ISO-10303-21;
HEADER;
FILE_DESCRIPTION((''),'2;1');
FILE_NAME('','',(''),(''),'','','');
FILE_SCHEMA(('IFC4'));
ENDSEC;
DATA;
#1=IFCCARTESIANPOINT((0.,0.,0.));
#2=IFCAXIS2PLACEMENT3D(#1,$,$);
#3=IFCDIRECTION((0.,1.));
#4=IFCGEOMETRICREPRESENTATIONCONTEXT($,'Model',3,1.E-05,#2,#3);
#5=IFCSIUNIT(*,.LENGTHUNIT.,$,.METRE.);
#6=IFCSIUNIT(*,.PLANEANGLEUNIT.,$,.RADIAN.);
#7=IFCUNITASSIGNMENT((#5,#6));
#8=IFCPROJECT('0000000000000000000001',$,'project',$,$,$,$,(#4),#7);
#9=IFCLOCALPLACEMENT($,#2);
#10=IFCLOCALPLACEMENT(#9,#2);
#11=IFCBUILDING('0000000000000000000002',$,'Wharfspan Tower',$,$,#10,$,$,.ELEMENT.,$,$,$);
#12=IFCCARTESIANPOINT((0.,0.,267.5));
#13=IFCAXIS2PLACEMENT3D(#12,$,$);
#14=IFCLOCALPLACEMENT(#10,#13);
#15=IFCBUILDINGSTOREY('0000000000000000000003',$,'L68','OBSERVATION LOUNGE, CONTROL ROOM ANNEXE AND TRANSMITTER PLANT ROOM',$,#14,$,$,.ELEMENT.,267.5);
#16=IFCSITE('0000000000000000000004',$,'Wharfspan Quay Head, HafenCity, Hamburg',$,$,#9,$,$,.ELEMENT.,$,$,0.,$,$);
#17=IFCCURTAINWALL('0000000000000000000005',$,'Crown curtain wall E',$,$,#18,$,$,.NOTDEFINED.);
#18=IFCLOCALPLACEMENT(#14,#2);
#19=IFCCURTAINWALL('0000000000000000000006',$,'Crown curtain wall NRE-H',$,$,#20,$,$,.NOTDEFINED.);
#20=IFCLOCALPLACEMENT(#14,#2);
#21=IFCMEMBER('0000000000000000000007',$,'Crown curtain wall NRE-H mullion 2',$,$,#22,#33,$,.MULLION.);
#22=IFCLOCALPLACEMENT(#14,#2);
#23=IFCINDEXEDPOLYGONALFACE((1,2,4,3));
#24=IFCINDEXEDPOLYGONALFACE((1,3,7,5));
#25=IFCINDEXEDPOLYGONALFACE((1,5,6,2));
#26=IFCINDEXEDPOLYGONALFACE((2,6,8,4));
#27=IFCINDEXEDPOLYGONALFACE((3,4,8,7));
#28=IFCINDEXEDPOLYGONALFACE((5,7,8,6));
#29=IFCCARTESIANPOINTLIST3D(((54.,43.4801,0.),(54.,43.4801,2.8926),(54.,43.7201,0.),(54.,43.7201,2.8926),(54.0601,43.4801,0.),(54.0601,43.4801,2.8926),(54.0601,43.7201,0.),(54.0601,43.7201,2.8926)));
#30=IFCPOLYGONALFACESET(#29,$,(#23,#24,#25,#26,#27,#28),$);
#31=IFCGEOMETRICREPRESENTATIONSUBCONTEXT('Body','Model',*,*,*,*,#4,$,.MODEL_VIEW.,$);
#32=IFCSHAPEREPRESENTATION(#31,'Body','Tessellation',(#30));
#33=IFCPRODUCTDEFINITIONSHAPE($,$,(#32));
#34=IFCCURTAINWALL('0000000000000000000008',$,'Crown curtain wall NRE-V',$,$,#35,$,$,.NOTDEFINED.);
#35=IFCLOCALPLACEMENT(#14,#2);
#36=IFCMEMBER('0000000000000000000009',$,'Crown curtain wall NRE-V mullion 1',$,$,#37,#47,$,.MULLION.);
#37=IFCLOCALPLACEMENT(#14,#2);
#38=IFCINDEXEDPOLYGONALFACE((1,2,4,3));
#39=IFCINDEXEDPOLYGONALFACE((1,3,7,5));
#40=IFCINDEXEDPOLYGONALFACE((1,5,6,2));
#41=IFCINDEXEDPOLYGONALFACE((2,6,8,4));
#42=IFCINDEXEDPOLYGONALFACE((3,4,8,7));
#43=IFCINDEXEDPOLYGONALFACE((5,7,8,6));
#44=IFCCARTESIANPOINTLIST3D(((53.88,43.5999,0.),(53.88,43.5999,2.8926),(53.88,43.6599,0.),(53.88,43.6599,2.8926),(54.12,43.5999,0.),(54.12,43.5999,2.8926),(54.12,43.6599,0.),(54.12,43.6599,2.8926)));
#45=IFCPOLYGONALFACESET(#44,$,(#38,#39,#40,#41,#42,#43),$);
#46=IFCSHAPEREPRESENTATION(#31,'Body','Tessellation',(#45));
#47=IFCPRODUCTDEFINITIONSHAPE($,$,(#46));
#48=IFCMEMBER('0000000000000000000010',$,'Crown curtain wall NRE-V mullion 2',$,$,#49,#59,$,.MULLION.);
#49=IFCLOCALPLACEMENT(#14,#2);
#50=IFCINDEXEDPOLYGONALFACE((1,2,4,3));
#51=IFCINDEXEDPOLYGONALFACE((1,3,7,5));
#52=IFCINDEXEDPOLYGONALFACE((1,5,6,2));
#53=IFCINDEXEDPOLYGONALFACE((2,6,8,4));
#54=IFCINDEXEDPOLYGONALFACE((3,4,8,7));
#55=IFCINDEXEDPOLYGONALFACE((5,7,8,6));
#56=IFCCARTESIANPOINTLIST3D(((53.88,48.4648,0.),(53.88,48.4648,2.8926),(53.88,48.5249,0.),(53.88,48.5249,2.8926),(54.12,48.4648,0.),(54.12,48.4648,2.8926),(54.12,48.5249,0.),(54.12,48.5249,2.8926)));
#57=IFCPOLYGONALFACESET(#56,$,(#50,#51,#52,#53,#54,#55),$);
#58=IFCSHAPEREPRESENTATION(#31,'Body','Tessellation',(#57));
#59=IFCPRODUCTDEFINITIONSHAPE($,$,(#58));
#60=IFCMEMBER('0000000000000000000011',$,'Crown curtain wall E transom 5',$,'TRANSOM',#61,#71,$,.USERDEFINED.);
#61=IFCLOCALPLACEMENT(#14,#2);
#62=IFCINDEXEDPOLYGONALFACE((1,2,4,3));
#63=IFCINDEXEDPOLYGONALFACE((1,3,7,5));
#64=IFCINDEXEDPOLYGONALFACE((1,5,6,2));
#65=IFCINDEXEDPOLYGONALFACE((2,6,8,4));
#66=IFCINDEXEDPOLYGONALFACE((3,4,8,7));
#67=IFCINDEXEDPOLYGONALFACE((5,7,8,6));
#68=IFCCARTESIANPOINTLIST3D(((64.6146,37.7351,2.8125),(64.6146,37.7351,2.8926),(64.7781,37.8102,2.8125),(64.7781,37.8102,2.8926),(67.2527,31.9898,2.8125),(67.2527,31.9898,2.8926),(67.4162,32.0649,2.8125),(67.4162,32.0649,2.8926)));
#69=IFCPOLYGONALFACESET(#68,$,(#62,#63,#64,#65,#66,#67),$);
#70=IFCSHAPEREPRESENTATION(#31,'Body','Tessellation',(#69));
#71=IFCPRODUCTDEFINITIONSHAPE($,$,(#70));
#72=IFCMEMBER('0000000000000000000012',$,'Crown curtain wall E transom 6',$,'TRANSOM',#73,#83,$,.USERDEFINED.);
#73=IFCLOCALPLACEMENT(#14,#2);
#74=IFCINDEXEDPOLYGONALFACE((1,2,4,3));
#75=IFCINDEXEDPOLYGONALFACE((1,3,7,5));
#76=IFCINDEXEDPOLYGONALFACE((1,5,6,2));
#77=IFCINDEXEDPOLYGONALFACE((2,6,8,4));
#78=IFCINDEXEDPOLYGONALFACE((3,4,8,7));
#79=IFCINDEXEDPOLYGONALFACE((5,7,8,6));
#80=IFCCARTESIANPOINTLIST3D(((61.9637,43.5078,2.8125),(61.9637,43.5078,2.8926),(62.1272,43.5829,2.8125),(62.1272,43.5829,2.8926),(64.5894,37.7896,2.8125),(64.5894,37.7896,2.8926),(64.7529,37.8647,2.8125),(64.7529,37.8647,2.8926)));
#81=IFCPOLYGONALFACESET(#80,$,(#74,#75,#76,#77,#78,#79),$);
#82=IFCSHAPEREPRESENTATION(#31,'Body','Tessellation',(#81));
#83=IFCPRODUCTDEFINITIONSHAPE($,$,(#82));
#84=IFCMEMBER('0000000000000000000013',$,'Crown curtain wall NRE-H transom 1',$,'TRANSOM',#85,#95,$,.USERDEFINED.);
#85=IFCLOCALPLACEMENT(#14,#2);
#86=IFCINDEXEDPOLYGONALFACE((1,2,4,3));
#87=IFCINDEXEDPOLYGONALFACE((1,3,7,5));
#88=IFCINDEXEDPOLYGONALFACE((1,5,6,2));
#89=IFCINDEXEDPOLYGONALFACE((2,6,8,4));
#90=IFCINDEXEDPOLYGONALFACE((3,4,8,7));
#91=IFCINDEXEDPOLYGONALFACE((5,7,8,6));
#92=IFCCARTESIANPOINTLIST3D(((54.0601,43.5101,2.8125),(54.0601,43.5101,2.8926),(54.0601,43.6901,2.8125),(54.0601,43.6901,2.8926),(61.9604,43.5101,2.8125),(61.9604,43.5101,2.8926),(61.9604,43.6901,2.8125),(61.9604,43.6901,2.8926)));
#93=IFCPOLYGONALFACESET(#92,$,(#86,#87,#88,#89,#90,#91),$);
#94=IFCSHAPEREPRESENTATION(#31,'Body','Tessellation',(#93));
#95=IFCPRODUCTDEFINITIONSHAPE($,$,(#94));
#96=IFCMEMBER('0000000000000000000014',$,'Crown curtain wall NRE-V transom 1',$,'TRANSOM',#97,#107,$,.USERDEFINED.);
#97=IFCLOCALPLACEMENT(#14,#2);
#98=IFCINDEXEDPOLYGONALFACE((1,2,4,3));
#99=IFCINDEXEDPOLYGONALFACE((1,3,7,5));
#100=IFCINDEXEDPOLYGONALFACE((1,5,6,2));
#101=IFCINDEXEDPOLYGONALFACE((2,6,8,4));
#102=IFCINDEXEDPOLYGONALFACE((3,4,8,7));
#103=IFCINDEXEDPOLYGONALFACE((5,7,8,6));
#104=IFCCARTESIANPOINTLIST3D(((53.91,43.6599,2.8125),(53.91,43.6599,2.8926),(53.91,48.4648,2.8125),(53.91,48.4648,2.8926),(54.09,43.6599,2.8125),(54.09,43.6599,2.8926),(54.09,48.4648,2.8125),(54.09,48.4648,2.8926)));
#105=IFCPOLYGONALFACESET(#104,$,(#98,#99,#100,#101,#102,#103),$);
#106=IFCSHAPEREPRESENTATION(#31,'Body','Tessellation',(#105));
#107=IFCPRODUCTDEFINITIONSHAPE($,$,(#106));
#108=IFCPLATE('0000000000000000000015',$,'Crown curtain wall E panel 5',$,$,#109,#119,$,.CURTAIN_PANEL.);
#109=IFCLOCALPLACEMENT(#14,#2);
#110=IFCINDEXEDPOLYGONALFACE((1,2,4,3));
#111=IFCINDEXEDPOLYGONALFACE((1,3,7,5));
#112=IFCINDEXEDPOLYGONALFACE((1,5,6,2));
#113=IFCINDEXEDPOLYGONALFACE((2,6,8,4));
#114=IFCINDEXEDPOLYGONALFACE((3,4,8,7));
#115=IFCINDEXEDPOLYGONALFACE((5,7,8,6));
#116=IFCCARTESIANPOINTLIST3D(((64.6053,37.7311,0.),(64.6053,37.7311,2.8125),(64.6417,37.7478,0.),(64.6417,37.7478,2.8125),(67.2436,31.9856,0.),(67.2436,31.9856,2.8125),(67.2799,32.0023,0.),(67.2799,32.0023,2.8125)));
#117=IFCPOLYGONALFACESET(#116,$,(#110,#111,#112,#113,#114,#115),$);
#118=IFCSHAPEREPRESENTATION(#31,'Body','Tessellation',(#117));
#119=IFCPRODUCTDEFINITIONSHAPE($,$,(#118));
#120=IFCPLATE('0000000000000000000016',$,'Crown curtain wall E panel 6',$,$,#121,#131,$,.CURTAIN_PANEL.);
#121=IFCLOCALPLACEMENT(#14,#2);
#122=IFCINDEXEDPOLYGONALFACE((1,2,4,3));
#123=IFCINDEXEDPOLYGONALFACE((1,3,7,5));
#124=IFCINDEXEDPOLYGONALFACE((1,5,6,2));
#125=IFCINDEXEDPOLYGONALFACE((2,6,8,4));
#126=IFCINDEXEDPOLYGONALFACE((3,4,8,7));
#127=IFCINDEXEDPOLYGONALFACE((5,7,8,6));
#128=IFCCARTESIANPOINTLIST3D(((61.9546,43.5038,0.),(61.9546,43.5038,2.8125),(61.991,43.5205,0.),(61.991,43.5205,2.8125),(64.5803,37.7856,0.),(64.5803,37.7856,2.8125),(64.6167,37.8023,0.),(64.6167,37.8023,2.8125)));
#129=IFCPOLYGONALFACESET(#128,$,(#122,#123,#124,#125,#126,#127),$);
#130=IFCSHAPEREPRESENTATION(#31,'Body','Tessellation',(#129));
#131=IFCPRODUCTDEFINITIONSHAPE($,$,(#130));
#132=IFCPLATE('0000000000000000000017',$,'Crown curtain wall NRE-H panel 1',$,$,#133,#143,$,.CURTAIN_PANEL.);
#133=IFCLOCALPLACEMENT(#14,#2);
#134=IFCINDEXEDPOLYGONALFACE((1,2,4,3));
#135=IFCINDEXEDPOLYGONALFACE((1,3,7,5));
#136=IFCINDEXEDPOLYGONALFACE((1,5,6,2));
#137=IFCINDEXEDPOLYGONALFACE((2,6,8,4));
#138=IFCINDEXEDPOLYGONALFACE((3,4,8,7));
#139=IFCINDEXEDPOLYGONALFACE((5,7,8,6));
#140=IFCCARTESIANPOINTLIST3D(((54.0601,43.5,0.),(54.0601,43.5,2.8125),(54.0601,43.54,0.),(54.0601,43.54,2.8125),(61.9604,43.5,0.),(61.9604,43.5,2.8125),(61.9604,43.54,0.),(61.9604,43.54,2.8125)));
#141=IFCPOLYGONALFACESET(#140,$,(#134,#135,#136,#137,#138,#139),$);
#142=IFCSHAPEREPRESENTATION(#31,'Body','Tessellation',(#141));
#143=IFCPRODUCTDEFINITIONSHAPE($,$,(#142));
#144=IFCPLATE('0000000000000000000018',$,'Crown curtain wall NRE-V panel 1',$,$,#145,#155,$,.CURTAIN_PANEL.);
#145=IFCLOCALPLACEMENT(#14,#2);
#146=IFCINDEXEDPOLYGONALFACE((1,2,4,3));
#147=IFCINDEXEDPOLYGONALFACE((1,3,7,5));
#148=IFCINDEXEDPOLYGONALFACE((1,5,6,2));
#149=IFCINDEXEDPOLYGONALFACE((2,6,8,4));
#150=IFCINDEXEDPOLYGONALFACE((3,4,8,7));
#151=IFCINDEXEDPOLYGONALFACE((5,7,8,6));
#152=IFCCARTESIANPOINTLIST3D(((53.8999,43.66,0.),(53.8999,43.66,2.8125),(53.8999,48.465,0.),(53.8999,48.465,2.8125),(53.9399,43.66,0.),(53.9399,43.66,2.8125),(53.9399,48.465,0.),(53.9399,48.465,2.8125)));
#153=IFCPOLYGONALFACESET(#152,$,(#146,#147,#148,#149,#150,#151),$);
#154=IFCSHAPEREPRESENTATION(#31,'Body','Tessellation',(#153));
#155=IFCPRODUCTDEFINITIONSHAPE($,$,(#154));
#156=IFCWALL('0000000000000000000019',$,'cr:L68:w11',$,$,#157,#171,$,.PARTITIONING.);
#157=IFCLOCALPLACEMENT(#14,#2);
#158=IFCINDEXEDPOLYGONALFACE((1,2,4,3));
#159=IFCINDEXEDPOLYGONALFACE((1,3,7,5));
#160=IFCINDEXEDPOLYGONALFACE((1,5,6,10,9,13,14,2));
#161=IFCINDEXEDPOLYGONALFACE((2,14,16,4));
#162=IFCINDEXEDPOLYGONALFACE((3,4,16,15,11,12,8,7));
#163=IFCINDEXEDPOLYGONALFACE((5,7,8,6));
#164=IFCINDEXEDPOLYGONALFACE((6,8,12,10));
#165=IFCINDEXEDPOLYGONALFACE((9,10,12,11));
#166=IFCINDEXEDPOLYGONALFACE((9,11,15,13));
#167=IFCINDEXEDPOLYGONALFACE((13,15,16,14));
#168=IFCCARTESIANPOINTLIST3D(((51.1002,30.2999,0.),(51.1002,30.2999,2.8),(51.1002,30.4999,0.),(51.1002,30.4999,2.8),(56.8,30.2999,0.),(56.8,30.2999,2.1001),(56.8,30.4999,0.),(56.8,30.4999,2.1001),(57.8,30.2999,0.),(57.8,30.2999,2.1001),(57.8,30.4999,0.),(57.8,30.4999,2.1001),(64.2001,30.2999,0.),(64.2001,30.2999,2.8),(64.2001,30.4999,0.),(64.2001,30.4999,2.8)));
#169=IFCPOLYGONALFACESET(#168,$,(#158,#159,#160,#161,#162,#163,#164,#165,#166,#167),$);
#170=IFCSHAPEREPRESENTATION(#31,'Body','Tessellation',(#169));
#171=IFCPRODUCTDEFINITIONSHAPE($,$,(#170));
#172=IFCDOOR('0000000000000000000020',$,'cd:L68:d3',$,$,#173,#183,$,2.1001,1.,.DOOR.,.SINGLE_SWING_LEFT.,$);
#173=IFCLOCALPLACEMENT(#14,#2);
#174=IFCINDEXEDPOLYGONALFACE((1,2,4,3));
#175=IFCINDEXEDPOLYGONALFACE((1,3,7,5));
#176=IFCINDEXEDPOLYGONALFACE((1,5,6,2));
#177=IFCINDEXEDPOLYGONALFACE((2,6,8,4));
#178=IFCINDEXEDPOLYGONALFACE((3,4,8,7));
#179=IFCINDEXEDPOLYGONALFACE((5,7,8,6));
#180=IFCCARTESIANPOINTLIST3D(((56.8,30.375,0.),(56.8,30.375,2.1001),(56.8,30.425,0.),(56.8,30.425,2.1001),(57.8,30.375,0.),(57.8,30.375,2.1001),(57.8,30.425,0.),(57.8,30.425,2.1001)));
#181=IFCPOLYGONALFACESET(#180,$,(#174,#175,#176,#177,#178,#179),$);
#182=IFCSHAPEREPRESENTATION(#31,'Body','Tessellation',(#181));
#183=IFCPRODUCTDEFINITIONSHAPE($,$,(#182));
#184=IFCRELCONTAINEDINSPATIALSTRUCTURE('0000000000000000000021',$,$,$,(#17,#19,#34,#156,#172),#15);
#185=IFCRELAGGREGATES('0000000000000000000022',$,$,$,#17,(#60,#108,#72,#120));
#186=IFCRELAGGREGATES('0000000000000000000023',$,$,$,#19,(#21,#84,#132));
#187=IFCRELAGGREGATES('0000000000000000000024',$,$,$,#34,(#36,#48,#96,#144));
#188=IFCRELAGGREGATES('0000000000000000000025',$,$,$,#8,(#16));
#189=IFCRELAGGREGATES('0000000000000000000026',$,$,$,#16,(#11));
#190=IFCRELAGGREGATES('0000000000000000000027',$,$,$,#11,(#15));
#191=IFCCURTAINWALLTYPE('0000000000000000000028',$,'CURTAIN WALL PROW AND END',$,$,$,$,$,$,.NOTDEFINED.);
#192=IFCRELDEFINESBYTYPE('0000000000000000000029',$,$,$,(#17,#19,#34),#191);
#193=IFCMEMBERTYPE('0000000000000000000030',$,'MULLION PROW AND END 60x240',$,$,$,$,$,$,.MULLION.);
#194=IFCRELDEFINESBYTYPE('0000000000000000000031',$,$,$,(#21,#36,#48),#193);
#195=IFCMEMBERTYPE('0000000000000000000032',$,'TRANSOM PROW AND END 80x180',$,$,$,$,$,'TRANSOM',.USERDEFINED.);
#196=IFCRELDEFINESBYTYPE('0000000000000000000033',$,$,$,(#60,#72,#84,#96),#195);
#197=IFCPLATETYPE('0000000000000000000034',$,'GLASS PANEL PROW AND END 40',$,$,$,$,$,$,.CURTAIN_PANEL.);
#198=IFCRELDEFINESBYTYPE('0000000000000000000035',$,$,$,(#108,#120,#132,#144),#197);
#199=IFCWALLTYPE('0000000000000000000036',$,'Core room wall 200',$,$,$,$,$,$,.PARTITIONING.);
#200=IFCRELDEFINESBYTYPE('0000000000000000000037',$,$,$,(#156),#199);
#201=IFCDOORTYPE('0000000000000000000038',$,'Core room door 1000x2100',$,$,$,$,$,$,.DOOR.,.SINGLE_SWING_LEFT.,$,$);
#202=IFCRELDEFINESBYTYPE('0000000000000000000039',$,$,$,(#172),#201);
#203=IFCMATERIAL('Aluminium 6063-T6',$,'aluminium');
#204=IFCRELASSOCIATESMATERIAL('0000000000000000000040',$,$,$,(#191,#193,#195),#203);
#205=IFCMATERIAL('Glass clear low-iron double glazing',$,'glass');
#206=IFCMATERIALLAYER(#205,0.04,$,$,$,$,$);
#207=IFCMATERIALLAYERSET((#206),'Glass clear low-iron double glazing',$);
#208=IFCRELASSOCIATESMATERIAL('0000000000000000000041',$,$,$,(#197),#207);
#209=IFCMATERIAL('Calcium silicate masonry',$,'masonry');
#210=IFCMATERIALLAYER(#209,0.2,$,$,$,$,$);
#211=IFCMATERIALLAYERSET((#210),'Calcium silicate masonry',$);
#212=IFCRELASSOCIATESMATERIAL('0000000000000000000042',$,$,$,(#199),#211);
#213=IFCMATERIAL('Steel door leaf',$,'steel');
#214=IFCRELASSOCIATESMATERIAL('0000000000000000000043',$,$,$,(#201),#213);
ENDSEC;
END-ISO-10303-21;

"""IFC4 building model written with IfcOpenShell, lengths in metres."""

from ifc_helpers import new_model, si_unit, direction, frame, frame_2d, origin, origin_2d, place, context, subcontext, project, spatial, rectangle, extrude, material, layer, layer_set, material_profile, profile_set, type_object, element, fill, aggregate, save


model = new_model("IFC4")

# Units and contexts
model_context = context("Model", 3, precision=1e-05, world=origin(), true_north=direction((0.0, 1.0)))
body_context = subcontext(model_context, "Body", "Model", "MODEL_VIEW")
ifc_project = project(units=[si_unit("LENGTHUNIT", "METRE"), si_unit("PLANEANGLEUNIT", "RADIAN")], contexts=[model_context])

# Site, building, storey
site_placement = place(None, origin())
site = spatial("IfcSite", under=ifc_project, at=site_placement, Name="Wharfspan Quay Head, HafenCity, Hamburg", CompositionType="ELEMENT", RefElevation=0.0)
building_placement = place(site_placement, origin())
building = spatial("IfcBuilding", under=site, at=building_placement, Name="Wharfspan Tower", CompositionType="ELEMENT")
storey_placement = place(building_placement, frame((0.0, 0.0, 267.5)))
storey = spatial("IfcBuildingStorey", under=building, at=storey_placement, Name="L68", Description="OBSERVATION LOUNGE, CONTROL ROOM ANNEXE AND TRANSMITTER PLANT ROOM", CompositionType="ELEMENT", Elevation=267.5)

# Curtain walls, members
ifc_material_1 = material(Name="Aluminium 6063-T6", Category="aluminium")
curtain_wall_type = type_object("IfcCurtainWallType", Name="CURTAIN WALL PROW AND END", PredefinedType="NOTDEFINED", material=ifc_material_1)
curtain_wall_1_placement = place(storey_placement, origin())
curtain_wall_1 = element("IfcCurtainWall", 1, at=curtain_wall_1_placement, inside=storey, type_object=curtain_wall_type, Name="Crown curtain wall E", PredefinedType="NOTDEFINED")
ifc_material_profile_1 = material_profile(ifc_material_1, rectangle(XDim=0.24, YDim=0.0601, at=origin_2d()))
ifc_profile_set_1 = profile_set([ifc_material_profile_1], Name="Aluminium 6063-T6")
member_type_1 = type_object("IfcMemberType", Name="MULLION PROW AND END 60x240", PredefinedType="MULLION", material=ifc_profile_set_1)
curtain_wall_2_placement = place(storey_placement, origin())
curtain_wall_2 = element("IfcCurtainWall", 2, at=curtain_wall_2_placement, inside=storey, type_object=curtain_wall_type, Name="Crown curtain wall NRE-H", PredefinedType="NOTDEFINED")
member_1_placement = place(storey_placement, frame((54.03, 43.6001, 0.0), z_axis=(0.0, 0.0, 1.0), x_axis=(0.0, -1.0, 0.0)))
member_1 = element("IfcMember", 3, at=member_1_placement, type_object=member_type_1, Name="Crown curtain wall NRE-H mullion 2", PredefinedType="MULLION", context=body_context, shape_type="SweptSolid", body=[
    extrude(rectangle(XDim=0.24, YDim=0.0601, at=origin_2d()), origin(), (0.0, 0.0, 1.0), 2.8926),
])
curtain_wall_3_placement = place(storey_placement, origin())
curtain_wall_3 = element("IfcCurtainWall", 4, at=curtain_wall_3_placement, inside=storey, type_object=curtain_wall_type, Name="Crown curtain wall NRE-V", PredefinedType="NOTDEFINED")
member_2_placement = place(storey_placement, frame((54.0, 43.6299, 0.0), z_axis=(0.0, 0.0, 1.0), x_axis=(-1.0, 0.0, 0.0)))
member_2 = element("IfcMember", 5, at=member_2_placement, type_object=member_type_1, Name="Crown curtain wall NRE-V mullion 1", PredefinedType="MULLION", context=body_context, shape_type="SweptSolid", body=[
    extrude(rectangle(XDim=0.24, YDim=0.0601, at=origin_2d()), origin(), (0.0, 0.0, 1.0), 2.8926),
])
member_3_placement = place(storey_placement, frame((54.0, 48.4949, 0.0), z_axis=(0.0, 0.0, 1.0), x_axis=(-1.0, 0.0, 0.0)))
member_3 = element("IfcMember", 6, at=member_3_placement, type_object=member_type_1, Name="Crown curtain wall NRE-V mullion 2", PredefinedType="MULLION", context=body_context, shape_type="SweptSolid", body=[
    extrude(rectangle(XDim=0.24, YDim=0.0601, at=origin_2d()), origin(), (0.0, 0.0, 1.0), 2.8926),
])

# Members
ifc_material_profile_2 = material_profile(ifc_material_1, rectangle(XDim=0.1799, YDim=0.0801, at=origin_2d()))
ifc_profile_set_2 = profile_set([ifc_material_profile_2], Name="Aluminium 6063-T6")
member_type_2 = type_object("IfcMemberType", Name="TRANSOM PROW AND END 80x180", ElementType="TRANSOM", PredefinedType="USERDEFINED", material=ifc_profile_set_2)
member_4_placement = place(storey_placement, frame((67.3345, 32.0273, 2.8525), z_axis=(-0.417294, 0.908771, 0.0), x_axis=(-0.908771, -0.417294, 0.0)))
member_4 = element("IfcMember", 7, at=member_4_placement, type_object=member_type_2, Name="Crown curtain wall E transom 5", ObjectType="TRANSOM", PredefinedType="USERDEFINED", context=body_context, shape_type="SweptSolid", body=[
    extrude(rectangle(XDim=0.1799, YDim=0.0801, at=origin_2d()), origin(), (0.0, 0.0, 1.0), 6.322),
])
member_5_placement = place(storey_placement, frame((64.6711, 37.8271, 2.8525), z_axis=(-0.417293, 0.908772, 0.0), x_axis=(-0.908772, -0.417293, 0.0)))
member_5 = element("IfcMember", 8, at=member_5_placement, type_object=member_type_2, Name="Crown curtain wall E transom 6", ObjectType="TRANSOM", PredefinedType="USERDEFINED", context=body_context, shape_type="SweptSolid", body=[
    extrude(rectangle(XDim=0.1799, YDim=0.0801, at=origin_2d()), origin(), (0.0, 0.0, 1.0), 6.2922),
])
member_6_placement = place(storey_placement, frame((61.9604, 43.6001, 2.8525), z_axis=(-1.0, 0.0, 0.0), x_axis=(0.0, -1.0, 0.0)))
member_6 = element("IfcMember", 9, at=member_6_placement, type_object=member_type_2, Name="Crown curtain wall NRE-H transom 1", ObjectType="TRANSOM", PredefinedType="USERDEFINED", context=body_context, shape_type="SweptSolid", body=[
    extrude(rectangle(XDim=0.1799, YDim=0.0801, at=origin_2d()), origin(), (0.0, 0.0, 1.0), 7.9004),
])
member_7_placement = place(storey_placement, frame((54.0, 43.6599, 2.8525), z_axis=(0.0, 1.0, 0.0), x_axis=(-1.0, 0.0, 0.0)))
member_7 = element("IfcMember", 10, at=member_7_placement, type_object=member_type_2, Name="Crown curtain wall NRE-V transom 1", ObjectType="TRANSOM", PredefinedType="USERDEFINED", context=body_context, shape_type="SweptSolid", body=[
    extrude(rectangle(XDim=0.1799, YDim=0.0801, at=origin_2d()), origin(), (0.0, 0.0, 1.0), 4.8049),
])

# Plates
ifc_material_2 = material(Name="Glass clear low-iron double glazing", Category="glass")
ifc_layer_1 = layer(ifc_material_2, 0.04)
ifc_layer_set_1 = layer_set([ifc_layer_1], Name="Glass clear low-iron double glazing")
plate_type = type_object("IfcPlateType", Name="GLASS PANEL PROW AND END 40", PredefinedType="CURTAIN_PANEL", material=ifc_layer_set_1)
plate_1_placement = place(storey_placement, frame((65.9426, 34.8667, 0.0), z_axis=(0.0, 0.0, 1.0), x_axis=(-0.417292, 0.908769, 0.0)))
plate_1 = element("IfcPlate", 11, at=plate_1_placement, type_object=plate_type, Name="Crown curtain wall E panel 5", PredefinedType="CURTAIN_PANEL", context=body_context, shape_type="SweptSolid", body=[
    extrude(rectangle(XDim=6.3223, YDim=0.04, at=origin_2d()), origin(), (0.0, 0.0, 1.0), 2.8125),
])
plate_2_placement = place(storey_placement, frame((63.2856, 40.6531, 0.0), z_axis=(0.0, 0.0, 1.0), x_axis=(-0.417292, 0.908769, 0.0)))
plate_2 = element("IfcPlate", 12, at=plate_2_placement, type_object=plate_type, Name="Crown curtain wall E panel 6", PredefinedType="CURTAIN_PANEL", context=body_context, shape_type="SweptSolid", body=[
    extrude(rectangle(XDim=6.2922, YDim=0.04, at=origin_2d()), origin(), (0.0, 0.0, 1.0), 2.8125),
])
aggregate(curtain_wall_1, [member_4, plate_1, member_5, plate_2])
plate_3_placement = place(storey_placement, frame((58.0103, 43.52, 0.0), z_axis=(0.0, 0.0, 1.0), x_axis=(-1.0, 0.0, 0.0)))
plate_3 = element("IfcPlate", 13, at=plate_3_placement, type_object=plate_type, Name="Crown curtain wall NRE-H panel 1", PredefinedType="CURTAIN_PANEL", context=body_context, shape_type="SweptSolid", body=[
    extrude(rectangle(XDim=7.9004, YDim=0.04, at=origin_2d()), origin(), (0.0, 0.0, 1.0), 2.8125),
])
aggregate(curtain_wall_2, [member_1, member_6, plate_3])
plate_4_placement = place(storey_placement, frame((53.9199, 46.0625, 0.0), z_axis=(0.0, 0.0, 1.0), x_axis=(0.0, 1.0, 0.0)))
plate_4 = element("IfcPlate", 14, at=plate_4_placement, type_object=plate_type, Name="Crown curtain wall NRE-V panel 1", PredefinedType="CURTAIN_PANEL", context=body_context, shape_type="SweptSolid", body=[
    extrude(rectangle(XDim=4.8049, YDim=0.04, at=origin_2d()), origin(), (0.0, 0.0, 1.0), 2.8125),
])
aggregate(curtain_wall_3, [member_2, member_3, member_7, plate_4])

# Wall, opening, door
ifc_material_3 = material(Name="Calcium silicate masonry", Category="masonry")
ifc_layer_2 = layer(ifc_material_3, 0.2)
ifc_layer_set_2 = layer_set([ifc_layer_2], Name="Calcium silicate masonry")
wall_type_1 = type_object("IfcWallType", Name="Core room wall 200", PredefinedType="PARTITIONING", material=ifc_layer_set_2)
wall_1_placement = place(storey_placement, frame((64.2, 30.3999, 0.0), z_axis=(0.0, 0.0, 1.0), x_axis=(-1.0, 0.0, 0.0)))
wall_1 = element("IfcWall", 15, at=wall_1_placement, inside=storey, type_object=wall_type_1, Name="cr:L68:w11", PredefinedType="PARTITIONING", context=body_context, shape_type="SweptSolid", body=[
    extrude(rectangle(XDim=13.0999, YDim=0.2, at=frame_2d((6.5498, 0.0))), origin(), (0.0, 0.0, 1.0), 2.8),
])
opening_placement = place(wall_1_placement, frame((6.3999, 0.0, 0.0)))
opening = element("IfcOpeningElement", 16, at=opening_placement, cuts=wall_1, PredefinedType="OPENING", context=body_context, shape_type="SweptSolid", body=[
    extrude(rectangle(XDim=1.0, YDim=2.1001, at=frame_2d((0.5, 1.05))), frame((0.0, 0.1099, 0.0), z_axis=(0.0, -1.0, 0.0), x_axis=(1.0, 0.0, 0.0)), (0.0, 0.0, 1.0), 0.22),
])
ifc_material_4 = material(Name="Steel door leaf", Category="steel")
door_type = type_object("IfcDoorType", Name="Core room door 1000x2100", OperationType="SINGLE_SWING_LEFT", PredefinedType="DOOR", material=ifc_material_4)
door_placement = place(opening_placement, origin())
door = element("IfcDoor", 17, at=door_placement, inside=storey, type_object=door_type, Name="cd:L68:d3", OperationType="SINGLE_SWING_LEFT", OverallHeight=2.1001, OverallWidth=1.0, PredefinedType="DOOR", context=body_context, shape_type="SweptSolid", body=[
    extrude(rectangle(XDim=1.0, YDim=2.1001, at=frame_2d((0.5, 1.05))), frame((0.0, 0.0249, 0.0), z_axis=(0.0, -1.0, 0.0), x_axis=(1.0, 0.0, 0.0)), (0.0, 0.0, 1.0), 0.05),
])
fill(opening, door)

save(model, "model.ifc")
